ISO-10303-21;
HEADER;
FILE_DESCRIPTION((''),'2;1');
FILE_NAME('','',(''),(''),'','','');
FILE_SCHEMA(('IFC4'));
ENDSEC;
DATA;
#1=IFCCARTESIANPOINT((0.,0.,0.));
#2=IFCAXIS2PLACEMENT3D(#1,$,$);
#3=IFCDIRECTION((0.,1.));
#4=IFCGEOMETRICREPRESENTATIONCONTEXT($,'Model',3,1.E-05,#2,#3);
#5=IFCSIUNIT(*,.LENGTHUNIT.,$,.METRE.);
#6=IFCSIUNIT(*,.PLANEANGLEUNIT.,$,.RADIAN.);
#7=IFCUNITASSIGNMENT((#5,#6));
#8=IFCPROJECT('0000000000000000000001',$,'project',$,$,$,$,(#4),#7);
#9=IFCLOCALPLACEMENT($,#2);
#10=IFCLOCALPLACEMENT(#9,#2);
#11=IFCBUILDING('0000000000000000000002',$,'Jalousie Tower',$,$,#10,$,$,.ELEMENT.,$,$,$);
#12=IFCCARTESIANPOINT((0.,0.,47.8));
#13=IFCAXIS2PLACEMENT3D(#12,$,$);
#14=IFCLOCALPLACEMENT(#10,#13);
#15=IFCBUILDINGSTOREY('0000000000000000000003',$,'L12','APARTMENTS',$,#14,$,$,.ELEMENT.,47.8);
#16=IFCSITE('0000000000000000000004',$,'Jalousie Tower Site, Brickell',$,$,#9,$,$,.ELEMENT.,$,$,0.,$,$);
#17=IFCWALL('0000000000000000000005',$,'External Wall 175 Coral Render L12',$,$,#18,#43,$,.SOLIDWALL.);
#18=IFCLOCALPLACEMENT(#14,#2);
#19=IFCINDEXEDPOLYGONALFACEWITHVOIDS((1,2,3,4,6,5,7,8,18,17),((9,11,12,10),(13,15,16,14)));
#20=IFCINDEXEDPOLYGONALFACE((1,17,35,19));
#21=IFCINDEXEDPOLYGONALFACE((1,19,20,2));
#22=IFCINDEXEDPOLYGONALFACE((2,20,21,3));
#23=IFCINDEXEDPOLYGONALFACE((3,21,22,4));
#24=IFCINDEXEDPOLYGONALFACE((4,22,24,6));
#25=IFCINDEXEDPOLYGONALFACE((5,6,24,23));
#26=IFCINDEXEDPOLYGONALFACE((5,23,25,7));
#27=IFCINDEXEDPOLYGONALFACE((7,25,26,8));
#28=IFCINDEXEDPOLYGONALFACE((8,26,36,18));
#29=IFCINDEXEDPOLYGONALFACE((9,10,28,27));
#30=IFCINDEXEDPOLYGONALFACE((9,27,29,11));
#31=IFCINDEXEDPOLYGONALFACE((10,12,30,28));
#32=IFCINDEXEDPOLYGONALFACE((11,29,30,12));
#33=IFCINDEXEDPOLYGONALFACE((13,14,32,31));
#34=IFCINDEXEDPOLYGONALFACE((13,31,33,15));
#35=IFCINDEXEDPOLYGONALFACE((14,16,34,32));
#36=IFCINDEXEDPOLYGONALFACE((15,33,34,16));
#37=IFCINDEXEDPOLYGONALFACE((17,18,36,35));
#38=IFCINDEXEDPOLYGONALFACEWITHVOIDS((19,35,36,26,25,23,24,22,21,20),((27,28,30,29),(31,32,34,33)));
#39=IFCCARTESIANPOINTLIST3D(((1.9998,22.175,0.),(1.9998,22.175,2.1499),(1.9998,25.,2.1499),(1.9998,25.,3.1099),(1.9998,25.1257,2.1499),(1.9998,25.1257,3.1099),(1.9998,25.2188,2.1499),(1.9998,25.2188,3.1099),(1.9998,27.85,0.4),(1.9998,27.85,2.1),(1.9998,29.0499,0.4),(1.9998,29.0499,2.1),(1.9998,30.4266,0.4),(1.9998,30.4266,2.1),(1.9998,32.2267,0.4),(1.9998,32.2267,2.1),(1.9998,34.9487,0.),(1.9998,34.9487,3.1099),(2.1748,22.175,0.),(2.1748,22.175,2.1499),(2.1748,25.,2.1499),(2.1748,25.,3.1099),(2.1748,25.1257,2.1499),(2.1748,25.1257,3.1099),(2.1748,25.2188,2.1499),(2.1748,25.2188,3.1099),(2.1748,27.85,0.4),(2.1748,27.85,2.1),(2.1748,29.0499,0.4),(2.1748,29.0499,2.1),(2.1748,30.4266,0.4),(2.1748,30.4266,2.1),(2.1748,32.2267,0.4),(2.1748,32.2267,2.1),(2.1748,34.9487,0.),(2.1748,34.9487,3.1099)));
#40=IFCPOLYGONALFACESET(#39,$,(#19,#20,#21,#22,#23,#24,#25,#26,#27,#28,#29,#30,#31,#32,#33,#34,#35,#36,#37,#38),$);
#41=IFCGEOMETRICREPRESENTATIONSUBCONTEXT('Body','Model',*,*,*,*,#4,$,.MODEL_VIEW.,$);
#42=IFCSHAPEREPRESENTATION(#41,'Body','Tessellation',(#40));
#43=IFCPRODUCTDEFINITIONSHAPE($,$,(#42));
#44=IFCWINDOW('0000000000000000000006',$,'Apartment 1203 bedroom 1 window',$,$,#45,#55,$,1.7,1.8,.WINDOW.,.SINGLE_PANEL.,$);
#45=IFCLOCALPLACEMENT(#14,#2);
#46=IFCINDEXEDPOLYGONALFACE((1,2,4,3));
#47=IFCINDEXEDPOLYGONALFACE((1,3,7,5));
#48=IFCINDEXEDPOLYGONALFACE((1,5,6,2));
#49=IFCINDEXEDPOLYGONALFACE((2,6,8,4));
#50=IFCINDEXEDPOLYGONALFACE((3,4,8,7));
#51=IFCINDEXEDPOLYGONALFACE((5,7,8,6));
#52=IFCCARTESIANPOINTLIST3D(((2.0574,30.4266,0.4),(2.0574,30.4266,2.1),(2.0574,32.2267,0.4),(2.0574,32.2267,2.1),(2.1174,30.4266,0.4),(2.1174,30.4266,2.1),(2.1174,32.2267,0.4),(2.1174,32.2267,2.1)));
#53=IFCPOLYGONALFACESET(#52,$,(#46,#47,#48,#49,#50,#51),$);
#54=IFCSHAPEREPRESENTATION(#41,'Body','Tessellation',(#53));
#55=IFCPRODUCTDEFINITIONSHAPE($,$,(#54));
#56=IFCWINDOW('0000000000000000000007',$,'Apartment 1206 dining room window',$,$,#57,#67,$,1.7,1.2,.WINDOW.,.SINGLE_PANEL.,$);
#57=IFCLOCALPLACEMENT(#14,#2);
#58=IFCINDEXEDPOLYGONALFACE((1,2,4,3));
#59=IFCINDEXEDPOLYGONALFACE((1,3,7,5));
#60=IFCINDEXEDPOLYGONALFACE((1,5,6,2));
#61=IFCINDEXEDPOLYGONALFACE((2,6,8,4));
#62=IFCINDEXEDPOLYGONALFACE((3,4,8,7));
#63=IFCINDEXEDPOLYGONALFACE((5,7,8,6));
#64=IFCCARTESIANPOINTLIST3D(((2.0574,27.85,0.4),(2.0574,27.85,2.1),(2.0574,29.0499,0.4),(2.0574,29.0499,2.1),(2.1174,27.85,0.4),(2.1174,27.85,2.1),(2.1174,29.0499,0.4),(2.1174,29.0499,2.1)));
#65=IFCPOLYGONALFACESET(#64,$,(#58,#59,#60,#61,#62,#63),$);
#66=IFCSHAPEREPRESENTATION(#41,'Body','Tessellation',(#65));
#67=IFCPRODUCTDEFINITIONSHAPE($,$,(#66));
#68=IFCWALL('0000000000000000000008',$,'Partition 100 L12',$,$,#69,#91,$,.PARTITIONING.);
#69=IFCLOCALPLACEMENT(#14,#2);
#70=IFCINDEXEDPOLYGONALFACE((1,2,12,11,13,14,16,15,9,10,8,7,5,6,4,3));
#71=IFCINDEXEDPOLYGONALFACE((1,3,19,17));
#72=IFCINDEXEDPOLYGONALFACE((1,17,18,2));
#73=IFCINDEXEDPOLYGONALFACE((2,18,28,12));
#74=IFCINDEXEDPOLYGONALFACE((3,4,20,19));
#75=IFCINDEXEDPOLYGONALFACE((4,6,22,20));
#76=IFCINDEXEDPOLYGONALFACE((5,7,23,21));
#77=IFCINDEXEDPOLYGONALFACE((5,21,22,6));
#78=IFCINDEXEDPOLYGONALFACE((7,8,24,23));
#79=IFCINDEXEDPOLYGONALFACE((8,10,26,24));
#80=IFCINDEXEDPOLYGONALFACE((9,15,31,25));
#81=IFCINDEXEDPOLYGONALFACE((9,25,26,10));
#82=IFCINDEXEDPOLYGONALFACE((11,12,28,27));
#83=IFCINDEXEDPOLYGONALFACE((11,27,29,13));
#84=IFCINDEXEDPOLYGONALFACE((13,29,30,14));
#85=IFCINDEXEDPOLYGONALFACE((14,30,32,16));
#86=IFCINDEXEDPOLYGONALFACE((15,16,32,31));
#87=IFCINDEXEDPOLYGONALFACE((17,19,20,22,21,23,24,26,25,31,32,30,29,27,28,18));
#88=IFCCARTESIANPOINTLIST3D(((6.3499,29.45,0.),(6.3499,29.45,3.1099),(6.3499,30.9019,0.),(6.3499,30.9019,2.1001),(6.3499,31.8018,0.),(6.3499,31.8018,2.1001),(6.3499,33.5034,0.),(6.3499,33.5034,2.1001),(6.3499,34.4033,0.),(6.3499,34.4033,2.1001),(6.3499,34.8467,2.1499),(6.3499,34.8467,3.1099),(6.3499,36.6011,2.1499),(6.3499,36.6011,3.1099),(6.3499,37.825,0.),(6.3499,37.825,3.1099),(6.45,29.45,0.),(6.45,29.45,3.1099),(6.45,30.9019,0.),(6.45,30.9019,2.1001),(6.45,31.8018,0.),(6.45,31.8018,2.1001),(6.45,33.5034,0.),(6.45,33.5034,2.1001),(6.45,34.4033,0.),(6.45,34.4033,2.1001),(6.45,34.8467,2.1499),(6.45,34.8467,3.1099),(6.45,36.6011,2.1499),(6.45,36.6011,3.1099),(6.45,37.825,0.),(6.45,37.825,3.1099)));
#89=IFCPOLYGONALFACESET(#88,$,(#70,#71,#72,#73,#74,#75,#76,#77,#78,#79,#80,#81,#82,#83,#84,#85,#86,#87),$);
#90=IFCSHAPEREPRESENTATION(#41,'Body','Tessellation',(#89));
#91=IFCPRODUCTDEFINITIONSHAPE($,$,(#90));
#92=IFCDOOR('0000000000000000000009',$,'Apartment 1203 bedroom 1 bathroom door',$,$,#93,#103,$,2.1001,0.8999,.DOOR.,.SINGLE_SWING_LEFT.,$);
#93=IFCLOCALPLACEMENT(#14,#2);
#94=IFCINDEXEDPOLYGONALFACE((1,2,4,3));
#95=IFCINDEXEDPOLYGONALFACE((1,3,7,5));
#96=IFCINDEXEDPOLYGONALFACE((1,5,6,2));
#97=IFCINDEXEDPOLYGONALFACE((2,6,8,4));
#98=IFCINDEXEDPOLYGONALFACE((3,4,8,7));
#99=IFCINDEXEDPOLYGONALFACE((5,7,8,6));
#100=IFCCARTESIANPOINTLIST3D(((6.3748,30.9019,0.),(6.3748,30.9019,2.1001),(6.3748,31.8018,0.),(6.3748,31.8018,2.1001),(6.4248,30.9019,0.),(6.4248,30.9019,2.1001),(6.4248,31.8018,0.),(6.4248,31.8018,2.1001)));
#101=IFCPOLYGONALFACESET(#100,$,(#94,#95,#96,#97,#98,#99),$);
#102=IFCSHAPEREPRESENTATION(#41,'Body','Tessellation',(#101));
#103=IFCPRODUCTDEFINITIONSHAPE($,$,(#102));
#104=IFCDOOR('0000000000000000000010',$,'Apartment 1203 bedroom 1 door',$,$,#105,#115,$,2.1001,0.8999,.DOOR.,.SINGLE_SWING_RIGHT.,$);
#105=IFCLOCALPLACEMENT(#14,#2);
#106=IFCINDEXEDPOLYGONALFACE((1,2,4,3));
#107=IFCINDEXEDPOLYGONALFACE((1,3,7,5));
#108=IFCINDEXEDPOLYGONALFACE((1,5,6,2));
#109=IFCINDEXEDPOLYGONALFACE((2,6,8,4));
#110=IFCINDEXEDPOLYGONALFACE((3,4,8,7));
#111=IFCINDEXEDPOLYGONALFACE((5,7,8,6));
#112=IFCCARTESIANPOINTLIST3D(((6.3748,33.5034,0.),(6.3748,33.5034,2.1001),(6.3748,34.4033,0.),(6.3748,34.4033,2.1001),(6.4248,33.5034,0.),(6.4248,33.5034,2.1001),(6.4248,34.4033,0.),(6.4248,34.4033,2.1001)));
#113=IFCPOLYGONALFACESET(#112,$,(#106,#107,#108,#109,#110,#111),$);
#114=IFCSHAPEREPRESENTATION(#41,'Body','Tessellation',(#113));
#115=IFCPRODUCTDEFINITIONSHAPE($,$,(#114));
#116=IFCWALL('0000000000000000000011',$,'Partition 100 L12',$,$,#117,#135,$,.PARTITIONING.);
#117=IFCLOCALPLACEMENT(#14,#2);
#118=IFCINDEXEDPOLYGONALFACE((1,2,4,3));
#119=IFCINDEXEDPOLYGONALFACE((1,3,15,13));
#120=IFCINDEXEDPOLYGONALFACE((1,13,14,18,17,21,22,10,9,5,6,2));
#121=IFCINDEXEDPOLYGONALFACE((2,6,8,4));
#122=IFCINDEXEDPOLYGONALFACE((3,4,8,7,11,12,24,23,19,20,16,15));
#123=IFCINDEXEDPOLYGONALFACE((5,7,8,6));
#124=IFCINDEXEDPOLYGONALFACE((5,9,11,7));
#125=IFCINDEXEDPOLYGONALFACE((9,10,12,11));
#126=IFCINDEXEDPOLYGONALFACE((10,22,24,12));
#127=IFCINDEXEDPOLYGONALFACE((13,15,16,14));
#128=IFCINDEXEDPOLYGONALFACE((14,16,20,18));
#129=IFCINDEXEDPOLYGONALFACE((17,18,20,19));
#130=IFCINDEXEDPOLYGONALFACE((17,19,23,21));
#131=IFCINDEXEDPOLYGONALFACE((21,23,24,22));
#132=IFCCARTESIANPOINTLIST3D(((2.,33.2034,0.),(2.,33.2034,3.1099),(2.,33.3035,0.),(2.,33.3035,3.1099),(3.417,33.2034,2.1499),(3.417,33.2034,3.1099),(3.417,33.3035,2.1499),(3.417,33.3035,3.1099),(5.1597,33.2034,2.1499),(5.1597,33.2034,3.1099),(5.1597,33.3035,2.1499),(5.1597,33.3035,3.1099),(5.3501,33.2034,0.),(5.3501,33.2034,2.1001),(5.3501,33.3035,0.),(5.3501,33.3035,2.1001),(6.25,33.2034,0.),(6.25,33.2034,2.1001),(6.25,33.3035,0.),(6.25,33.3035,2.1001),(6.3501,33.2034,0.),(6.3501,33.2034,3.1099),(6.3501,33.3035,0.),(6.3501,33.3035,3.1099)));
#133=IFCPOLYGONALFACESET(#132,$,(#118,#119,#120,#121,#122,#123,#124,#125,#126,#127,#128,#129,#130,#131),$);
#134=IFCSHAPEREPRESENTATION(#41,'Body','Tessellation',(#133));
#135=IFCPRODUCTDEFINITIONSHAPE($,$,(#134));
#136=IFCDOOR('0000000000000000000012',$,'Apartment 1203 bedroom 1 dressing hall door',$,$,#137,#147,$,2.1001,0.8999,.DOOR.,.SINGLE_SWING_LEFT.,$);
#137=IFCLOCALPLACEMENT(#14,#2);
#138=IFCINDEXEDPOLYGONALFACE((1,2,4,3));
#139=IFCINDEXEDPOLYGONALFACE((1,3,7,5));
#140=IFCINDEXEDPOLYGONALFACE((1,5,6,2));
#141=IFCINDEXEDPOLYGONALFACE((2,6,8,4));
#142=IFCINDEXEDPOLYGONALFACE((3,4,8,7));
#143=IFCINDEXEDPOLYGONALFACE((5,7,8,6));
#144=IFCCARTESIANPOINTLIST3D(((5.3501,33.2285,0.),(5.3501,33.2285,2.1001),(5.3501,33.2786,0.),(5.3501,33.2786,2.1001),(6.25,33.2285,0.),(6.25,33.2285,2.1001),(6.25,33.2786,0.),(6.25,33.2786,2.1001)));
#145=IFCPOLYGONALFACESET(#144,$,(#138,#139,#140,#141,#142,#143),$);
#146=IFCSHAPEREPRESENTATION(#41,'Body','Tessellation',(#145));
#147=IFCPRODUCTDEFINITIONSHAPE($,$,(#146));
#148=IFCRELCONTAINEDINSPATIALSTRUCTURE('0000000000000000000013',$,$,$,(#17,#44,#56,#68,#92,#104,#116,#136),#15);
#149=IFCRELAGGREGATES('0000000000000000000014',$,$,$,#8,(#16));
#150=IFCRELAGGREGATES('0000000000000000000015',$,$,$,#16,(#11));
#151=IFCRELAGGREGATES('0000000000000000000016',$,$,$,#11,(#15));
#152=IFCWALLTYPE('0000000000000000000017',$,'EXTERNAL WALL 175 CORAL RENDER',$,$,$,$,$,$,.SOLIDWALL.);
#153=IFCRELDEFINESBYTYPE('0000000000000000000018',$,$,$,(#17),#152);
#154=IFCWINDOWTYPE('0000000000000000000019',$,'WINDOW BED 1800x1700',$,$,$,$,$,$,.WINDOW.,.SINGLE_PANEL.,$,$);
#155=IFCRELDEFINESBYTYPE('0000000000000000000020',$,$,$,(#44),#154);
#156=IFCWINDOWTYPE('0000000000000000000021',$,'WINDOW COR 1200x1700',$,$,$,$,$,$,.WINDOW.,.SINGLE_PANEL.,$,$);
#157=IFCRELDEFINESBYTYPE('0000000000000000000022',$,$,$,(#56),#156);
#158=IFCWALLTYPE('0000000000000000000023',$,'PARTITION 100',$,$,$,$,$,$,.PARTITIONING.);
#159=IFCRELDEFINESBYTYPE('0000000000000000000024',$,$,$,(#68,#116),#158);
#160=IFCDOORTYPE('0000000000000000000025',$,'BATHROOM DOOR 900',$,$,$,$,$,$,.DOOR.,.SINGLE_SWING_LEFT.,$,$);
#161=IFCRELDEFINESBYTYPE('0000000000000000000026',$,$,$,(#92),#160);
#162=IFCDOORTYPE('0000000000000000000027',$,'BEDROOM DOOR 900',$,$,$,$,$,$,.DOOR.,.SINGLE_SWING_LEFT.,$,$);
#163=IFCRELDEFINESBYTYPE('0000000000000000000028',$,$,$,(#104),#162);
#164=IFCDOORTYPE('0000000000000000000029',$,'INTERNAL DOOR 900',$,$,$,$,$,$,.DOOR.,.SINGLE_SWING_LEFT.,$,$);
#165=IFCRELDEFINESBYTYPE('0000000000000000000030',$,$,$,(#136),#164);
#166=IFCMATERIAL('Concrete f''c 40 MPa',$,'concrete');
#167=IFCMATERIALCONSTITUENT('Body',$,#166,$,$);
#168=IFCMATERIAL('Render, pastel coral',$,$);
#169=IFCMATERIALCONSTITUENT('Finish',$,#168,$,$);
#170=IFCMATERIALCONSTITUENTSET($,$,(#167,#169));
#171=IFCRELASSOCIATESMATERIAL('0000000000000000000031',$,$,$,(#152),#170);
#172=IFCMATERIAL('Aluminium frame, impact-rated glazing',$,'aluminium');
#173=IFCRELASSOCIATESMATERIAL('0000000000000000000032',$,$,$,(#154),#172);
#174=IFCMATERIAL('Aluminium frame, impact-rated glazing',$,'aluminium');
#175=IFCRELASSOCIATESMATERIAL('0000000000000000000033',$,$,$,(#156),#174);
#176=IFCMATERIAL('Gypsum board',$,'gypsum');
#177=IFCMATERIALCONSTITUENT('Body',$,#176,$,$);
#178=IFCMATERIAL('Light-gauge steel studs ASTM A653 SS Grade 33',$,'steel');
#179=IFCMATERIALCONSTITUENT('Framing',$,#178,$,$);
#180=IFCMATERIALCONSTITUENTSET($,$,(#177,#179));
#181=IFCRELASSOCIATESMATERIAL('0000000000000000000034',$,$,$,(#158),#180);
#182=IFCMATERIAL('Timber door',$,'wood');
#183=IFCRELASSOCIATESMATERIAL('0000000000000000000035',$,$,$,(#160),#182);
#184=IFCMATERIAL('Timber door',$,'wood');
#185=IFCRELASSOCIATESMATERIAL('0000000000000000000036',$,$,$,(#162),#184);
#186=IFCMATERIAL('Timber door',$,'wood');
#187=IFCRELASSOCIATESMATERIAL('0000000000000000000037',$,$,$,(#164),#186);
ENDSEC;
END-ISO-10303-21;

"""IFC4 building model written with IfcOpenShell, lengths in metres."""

from ifc_helpers import new_model, si_unit, direction, frame, frame_2d, origin, place, context, subcontext, project, spatial, polyline, rectangle, outline, extrude, material, constituent, constituent_set, type_object, element, fill, save


model = new_model("IFC4")

# Units and contexts
model_context = context("Model", 3, precision=1e-05, world=origin(), true_north=direction((0.0, 1.0)))
body_context = subcontext(model_context, "Body", "Model", "MODEL_VIEW")
ifc_project = project(units=[si_unit("LENGTHUNIT", "METRE"), si_unit("PLANEANGLEUNIT", "RADIAN")], contexts=[model_context])

# Site, building, storey
site_placement = place(None, origin())
site = spatial("IfcSite", under=ifc_project, at=site_placement, Name="Jalousie Tower Site, Brickell", CompositionType="ELEMENT", RefElevation=0.0)
building_placement = place(site_placement, origin())
building = spatial("IfcBuilding", under=site, at=building_placement, Name="Jalousie Tower", CompositionType="ELEMENT")
storey_placement = place(building_placement, frame((0.0, 0.0, 47.8)))
storey = spatial("IfcBuildingStorey", under=building, at=storey_placement, Name="L12", Description="APARTMENTS", CompositionType="ELEMENT", Elevation=47.8)

# Wall, openings, windows
ifc_material_1 = material(Name="Concrete f'c 40 MPa", Category="concrete")
ifc_constituent_1 = constituent(ifc_material_1, Name="Body")
ifc_material_2 = material(Name="Render, pastel coral")
ifc_constituent_2 = constituent(ifc_material_2, Name="Finish")
ifc_constituent_set_1 = constituent_set(constituents=[ifc_constituent_1, ifc_constituent_2])
wall_type_1 = type_object("IfcWallType", Name="EXTERNAL WALL 175 CORAL RENDER", PredefinedType="SOLIDWALL", material=ifc_constituent_set_1)
wall_1_placement = place(storey_placement, frame((2.0874, 34.9487, 0.0), z_axis=(0.0, 0.0, 1.0), x_axis=(0.0, -1.0, 0.0)))
wall_1 = element("IfcWall", 1, at=wall_1_placement, inside=storey, type_object=wall_type_1, Name="External Wall 175 Coral Render L12", PredefinedType="SOLIDWALL", context=body_context, shape_type="SweptSolid", body=[
    extrude(outline(polyline([(0.0, 0.0), (12.7737, 0.0), (12.7737, 2.1499), (9.9487, 2.1499), (9.9487, 3.1099), (9.823, 3.1099), (9.823, 2.1499), (9.73, 2.1499), (9.73, 3.1099), (0.0, 3.1099), (0.0, 0.0)])), frame((0.0, 0.0874, 0.0), z_axis=(0.0, -1.0, 0.0), x_axis=(1.0, 0.0, 0.0)), (0.0, 0.0, 1.0), 0.175),
])
opening_1_placement = place(wall_1_placement, frame((2.7222, 0.0, 0.3999)))
opening_1 = element("IfcOpeningElement", 2, at=opening_1_placement, cuts=wall_1, PredefinedType="OPENING", context=body_context, shape_type="SweptSolid", body=[
    extrude(rectangle(XDim=1.8, YDim=1.7, at=frame_2d((0.8999, 0.8501))), frame((0.0, 0.0974, 0.0), z_axis=(0.0, -1.0, 0.0), x_axis=(1.0, 0.0, 0.0)), (0.0, 0.0, 1.0), 0.1951),
])
opening_2_placement = place(wall_1_placement, frame((5.8987, 0.0, 0.3999)))
opening_2 = element("IfcOpeningElement", 3, at=opening_2_placement, cuts=wall_1, PredefinedType="OPENING", context=body_context, shape_type="SweptSolid", body=[
    extrude(rectangle(XDim=1.2, YDim=1.7, at=frame_2d((0.6001, 0.8501))), frame((0.0, 0.0974, 0.0), z_axis=(0.0, -1.0, 0.0), x_axis=(1.0, 0.0, 0.0)), (0.0, 0.0, 1.0), 0.1951),
])
ifc_material_3 = material(Name="Aluminium frame, impact-rated glazing", Category="aluminium")
window_type_1 = type_object("IfcWindowType", Name="WINDOW BED 1800x1700", PartitioningType="SINGLE_PANEL", PredefinedType="WINDOW", material=ifc_material_3)
window_1_placement = place(opening_1_placement, origin())
window_1 = element("IfcWindow", 4, at=window_1_placement, inside=storey, type_object=window_type_1, Name="Apartment 1203 bedroom 1 window", OverallHeight=1.7, OverallWidth=1.8, PartitioningType="SINGLE_PANEL", PredefinedType="WINDOW", context=body_context, shape_type="SweptSolid", body=[
    extrude(rectangle(XDim=1.8, YDim=1.7, at=frame_2d((0.8999, 0.8501))), frame((0.0, 0.03, 0.0), z_axis=(0.0, -1.0, 0.0), x_axis=(1.0, 0.0, 0.0)), (0.0, 0.0, 1.0), 0.0601),
])
fill(opening_1, window_1)
ifc_material_4 = material(Name="Aluminium frame, impact-rated glazing", Category="aluminium")
window_type_2 = type_object("IfcWindowType", Name="WINDOW COR 1200x1700", PartitioningType="SINGLE_PANEL", PredefinedType="WINDOW", material=ifc_material_4)
window_2_placement = place(opening_2_placement, origin())
window_2 = element("IfcWindow", 5, at=window_2_placement, inside=storey, type_object=window_type_2, Name="Apartment 1206 dining room window", OverallHeight=1.7, OverallWidth=1.2, PartitioningType="SINGLE_PANEL", PredefinedType="WINDOW", context=body_context, shape_type="SweptSolid", body=[
    extrude(rectangle(XDim=1.2, YDim=1.7, at=frame_2d((0.6001, 0.8501))), frame((0.0, 0.03, 0.0), z_axis=(0.0, -1.0, 0.0), x_axis=(1.0, 0.0, 0.0)), (0.0, 0.0, 1.0), 0.0601),
])
fill(opening_2, window_2)

# Wall, openings, doors
ifc_material_5 = material(Name="Gypsum board", Category="gypsum")
ifc_constituent_3 = constituent(ifc_material_5, Name="Body")
ifc_material_6 = material(Name="Light-gauge steel studs ASTM A653 SS Grade 33", Category="steel")
ifc_constituent_4 = constituent(ifc_material_6, Name="Framing")
ifc_constituent_set_2 = constituent_set(constituents=[ifc_constituent_3, ifc_constituent_4])
wall_type_2 = type_object("IfcWallType", Name="PARTITION 100", PredefinedType="PARTITIONING", material=ifc_constituent_set_2)
wall_2_placement = place(storey_placement, frame((6.3999, 37.825, 0.0), z_axis=(0.0, 0.0, 1.0), x_axis=(0.0, -1.0, 0.0)))
wall_2 = element("IfcWall", 6, at=wall_2_placement, inside=storey, type_object=wall_type_2, Name="Partition 100 L12", PredefinedType="PARTITIONING", context=body_context, shape_type="SweptSolid", body=[
    extrude(outline(polyline([(0.0, 0.0), (8.375, 0.0), (8.375, 3.1099), (2.9783, 3.1099), (2.9783, 2.1499), (1.2239, 2.1499), (1.2239, 3.1099), (0.0, 3.1099), (0.0, 0.0)])), frame((0.0, 0.05, 0.0), z_axis=(0.0, -1.0, 0.0), x_axis=(1.0, 0.0, 0.0)), (0.0, 0.0, 1.0), 0.1001),
])
opening_3_placement = place(wall_2_placement, frame((3.4216, 0.0, 0.0)))
opening_3 = element("IfcOpeningElement", 7, at=opening_3_placement, cuts=wall_2, PredefinedType="OPENING", context=body_context, shape_type="SweptSolid", body=[
    extrude(rectangle(XDim=0.8999, YDim=2.1001, at=frame_2d((0.45, 1.05))), frame((0.0, 0.0601, 0.0), z_axis=(0.0, -1.0, 0.0), x_axis=(1.0, 0.0, 0.0)), (0.0, 0.0, 1.0), 0.1201),
])
opening_4_placement = place(wall_2_placement, frame((6.0232, 0.0, 0.0)))
opening_4 = element("IfcOpeningElement", 8, at=opening_4_placement, cuts=wall_2, PredefinedType="OPENING", context=body_context, shape_type="SweptSolid", body=[
    extrude(rectangle(XDim=0.8999, YDim=2.1001, at=frame_2d((0.45, 1.05))), frame((0.0, 0.0601, 0.0), z_axis=(0.0, -1.0, 0.0), x_axis=(1.0, 0.0, 0.0)), (0.0, 0.0, 1.0), 0.1201),
])
ifc_material_7 = material(Name="Timber door", Category="wood")
door_type_1 = type_object("IfcDoorType", Name="BATHROOM DOOR 900", OperationType="SINGLE_SWING_LEFT", PredefinedType="DOOR", material=ifc_material_7)
door_1_placement = place(opening_4_placement, origin())
door_1 = element("IfcDoor", 9, at=door_1_placement, inside=storey, type_object=door_type_1, Name="Apartment 1203 bedroom 1 bathroom door", OperationType="SINGLE_SWING_LEFT", OverallHeight=2.1001, OverallWidth=0.8999, PredefinedType="DOOR", context=body_context, shape_type="SweptSolid", body=[
    extrude(rectangle(XDim=0.8999, YDim=2.1001, at=frame_2d((0.45, 1.05))), frame((0.0, 0.0249, 0.0), z_axis=(0.0, -1.0, 0.0), x_axis=(1.0, 0.0, 0.0)), (0.0, 0.0, 1.0), 0.05),
])
fill(opening_4, door_1)
ifc_material_8 = material(Name="Timber door", Category="wood")
door_type_2 = type_object("IfcDoorType", Name="BEDROOM DOOR 900", OperationType="SINGLE_SWING_LEFT", PredefinedType="DOOR", material=ifc_material_8)
door_2_placement = place(opening_3_placement, origin())
door_2 = element("IfcDoor", 10, at=door_2_placement, inside=storey, type_object=door_type_2, Name="Apartment 1203 bedroom 1 door", OperationType="SINGLE_SWING_RIGHT", OverallHeight=2.1001, OverallWidth=0.8999, PredefinedType="DOOR", context=body_context, shape_type="SweptSolid", body=[
    extrude(rectangle(XDim=0.8999, YDim=2.1001, at=frame_2d((0.45, 1.05))), frame((0.0, 0.0249, 0.0), z_axis=(0.0, -1.0, 0.0), x_axis=(1.0, 0.0, 0.0)), (0.0, 0.0, 1.0), 0.05),
])
fill(opening_3, door_2)

# Wall, opening, door
wall_3_placement = place(storey_placement, frame((2.0, 33.2534, 0.0), z_axis=(0.0, 0.0, 1.0), x_axis=(1.0, 0.0, 0.0)))
wall_3 = element("IfcWall", 11, at=wall_3_placement, inside=storey, type_object=wall_type_2, Name="Partition 100 L12", PredefinedType="PARTITIONING", context=body_context, shape_type="SweptSolid", body=[
    extrude(outline(polyline([(0.0, 0.0), (4.3501, 0.0), (4.3501, 3.1099), (3.1597, 3.1099), (3.1597, 2.1499), (1.417, 2.1499), (1.417, 3.1099), (0.0, 3.1099), (0.0, 0.0)])), frame((0.0, 0.05, 0.0), z_axis=(0.0, -1.0, 0.0), x_axis=(1.0, 0.0, 0.0)), (0.0, 0.0, 1.0), 0.1001),
])
opening_5_placement = place(wall_3_placement, frame((3.3501, 0.0, 0.0)))
opening_5 = element("IfcOpeningElement", 12, at=opening_5_placement, cuts=wall_3, PredefinedType="OPENING", context=body_context, shape_type="SweptSolid", body=[
    extrude(rectangle(XDim=0.8999, YDim=2.1001, at=frame_2d((0.45, 1.05))), frame((0.0, 0.0601, 0.0), z_axis=(0.0, -1.0, 0.0), x_axis=(1.0, 0.0, 0.0)), (0.0, 0.0, 1.0), 0.1201),
])
ifc_material_9 = material(Name="Timber door", Category="wood")
door_type_3 = type_object("IfcDoorType", Name="INTERNAL DOOR 900", OperationType="SINGLE_SWING_LEFT", PredefinedType="DOOR", material=ifc_material_9)
door_3_placement = place(opening_5_placement, frame((0.8999, 0.0, 0.0), z_axis=(0.0, 0.0, 1.0), x_axis=(-1.0, 0.0, 0.0)))
door_3 = element("IfcDoor", 13, at=door_3_placement, inside=storey, type_object=door_type_3, Name="Apartment 1203 bedroom 1 dressing hall door", OperationType="SINGLE_SWING_LEFT", OverallHeight=2.1001, OverallWidth=0.8999, PredefinedType="DOOR", context=body_context, shape_type="SweptSolid", body=[
    extrude(rectangle(XDim=0.8999, YDim=2.1001, at=frame_2d((0.45, 1.05))), frame((0.0, 0.0249, 0.0), z_axis=(0.0, -1.0, 0.0), x_axis=(1.0, 0.0, 0.0)), (0.0, 0.0, 1.0), 0.05),
])
fill(opening_5, door_3)

save(model, "model.ifc")
